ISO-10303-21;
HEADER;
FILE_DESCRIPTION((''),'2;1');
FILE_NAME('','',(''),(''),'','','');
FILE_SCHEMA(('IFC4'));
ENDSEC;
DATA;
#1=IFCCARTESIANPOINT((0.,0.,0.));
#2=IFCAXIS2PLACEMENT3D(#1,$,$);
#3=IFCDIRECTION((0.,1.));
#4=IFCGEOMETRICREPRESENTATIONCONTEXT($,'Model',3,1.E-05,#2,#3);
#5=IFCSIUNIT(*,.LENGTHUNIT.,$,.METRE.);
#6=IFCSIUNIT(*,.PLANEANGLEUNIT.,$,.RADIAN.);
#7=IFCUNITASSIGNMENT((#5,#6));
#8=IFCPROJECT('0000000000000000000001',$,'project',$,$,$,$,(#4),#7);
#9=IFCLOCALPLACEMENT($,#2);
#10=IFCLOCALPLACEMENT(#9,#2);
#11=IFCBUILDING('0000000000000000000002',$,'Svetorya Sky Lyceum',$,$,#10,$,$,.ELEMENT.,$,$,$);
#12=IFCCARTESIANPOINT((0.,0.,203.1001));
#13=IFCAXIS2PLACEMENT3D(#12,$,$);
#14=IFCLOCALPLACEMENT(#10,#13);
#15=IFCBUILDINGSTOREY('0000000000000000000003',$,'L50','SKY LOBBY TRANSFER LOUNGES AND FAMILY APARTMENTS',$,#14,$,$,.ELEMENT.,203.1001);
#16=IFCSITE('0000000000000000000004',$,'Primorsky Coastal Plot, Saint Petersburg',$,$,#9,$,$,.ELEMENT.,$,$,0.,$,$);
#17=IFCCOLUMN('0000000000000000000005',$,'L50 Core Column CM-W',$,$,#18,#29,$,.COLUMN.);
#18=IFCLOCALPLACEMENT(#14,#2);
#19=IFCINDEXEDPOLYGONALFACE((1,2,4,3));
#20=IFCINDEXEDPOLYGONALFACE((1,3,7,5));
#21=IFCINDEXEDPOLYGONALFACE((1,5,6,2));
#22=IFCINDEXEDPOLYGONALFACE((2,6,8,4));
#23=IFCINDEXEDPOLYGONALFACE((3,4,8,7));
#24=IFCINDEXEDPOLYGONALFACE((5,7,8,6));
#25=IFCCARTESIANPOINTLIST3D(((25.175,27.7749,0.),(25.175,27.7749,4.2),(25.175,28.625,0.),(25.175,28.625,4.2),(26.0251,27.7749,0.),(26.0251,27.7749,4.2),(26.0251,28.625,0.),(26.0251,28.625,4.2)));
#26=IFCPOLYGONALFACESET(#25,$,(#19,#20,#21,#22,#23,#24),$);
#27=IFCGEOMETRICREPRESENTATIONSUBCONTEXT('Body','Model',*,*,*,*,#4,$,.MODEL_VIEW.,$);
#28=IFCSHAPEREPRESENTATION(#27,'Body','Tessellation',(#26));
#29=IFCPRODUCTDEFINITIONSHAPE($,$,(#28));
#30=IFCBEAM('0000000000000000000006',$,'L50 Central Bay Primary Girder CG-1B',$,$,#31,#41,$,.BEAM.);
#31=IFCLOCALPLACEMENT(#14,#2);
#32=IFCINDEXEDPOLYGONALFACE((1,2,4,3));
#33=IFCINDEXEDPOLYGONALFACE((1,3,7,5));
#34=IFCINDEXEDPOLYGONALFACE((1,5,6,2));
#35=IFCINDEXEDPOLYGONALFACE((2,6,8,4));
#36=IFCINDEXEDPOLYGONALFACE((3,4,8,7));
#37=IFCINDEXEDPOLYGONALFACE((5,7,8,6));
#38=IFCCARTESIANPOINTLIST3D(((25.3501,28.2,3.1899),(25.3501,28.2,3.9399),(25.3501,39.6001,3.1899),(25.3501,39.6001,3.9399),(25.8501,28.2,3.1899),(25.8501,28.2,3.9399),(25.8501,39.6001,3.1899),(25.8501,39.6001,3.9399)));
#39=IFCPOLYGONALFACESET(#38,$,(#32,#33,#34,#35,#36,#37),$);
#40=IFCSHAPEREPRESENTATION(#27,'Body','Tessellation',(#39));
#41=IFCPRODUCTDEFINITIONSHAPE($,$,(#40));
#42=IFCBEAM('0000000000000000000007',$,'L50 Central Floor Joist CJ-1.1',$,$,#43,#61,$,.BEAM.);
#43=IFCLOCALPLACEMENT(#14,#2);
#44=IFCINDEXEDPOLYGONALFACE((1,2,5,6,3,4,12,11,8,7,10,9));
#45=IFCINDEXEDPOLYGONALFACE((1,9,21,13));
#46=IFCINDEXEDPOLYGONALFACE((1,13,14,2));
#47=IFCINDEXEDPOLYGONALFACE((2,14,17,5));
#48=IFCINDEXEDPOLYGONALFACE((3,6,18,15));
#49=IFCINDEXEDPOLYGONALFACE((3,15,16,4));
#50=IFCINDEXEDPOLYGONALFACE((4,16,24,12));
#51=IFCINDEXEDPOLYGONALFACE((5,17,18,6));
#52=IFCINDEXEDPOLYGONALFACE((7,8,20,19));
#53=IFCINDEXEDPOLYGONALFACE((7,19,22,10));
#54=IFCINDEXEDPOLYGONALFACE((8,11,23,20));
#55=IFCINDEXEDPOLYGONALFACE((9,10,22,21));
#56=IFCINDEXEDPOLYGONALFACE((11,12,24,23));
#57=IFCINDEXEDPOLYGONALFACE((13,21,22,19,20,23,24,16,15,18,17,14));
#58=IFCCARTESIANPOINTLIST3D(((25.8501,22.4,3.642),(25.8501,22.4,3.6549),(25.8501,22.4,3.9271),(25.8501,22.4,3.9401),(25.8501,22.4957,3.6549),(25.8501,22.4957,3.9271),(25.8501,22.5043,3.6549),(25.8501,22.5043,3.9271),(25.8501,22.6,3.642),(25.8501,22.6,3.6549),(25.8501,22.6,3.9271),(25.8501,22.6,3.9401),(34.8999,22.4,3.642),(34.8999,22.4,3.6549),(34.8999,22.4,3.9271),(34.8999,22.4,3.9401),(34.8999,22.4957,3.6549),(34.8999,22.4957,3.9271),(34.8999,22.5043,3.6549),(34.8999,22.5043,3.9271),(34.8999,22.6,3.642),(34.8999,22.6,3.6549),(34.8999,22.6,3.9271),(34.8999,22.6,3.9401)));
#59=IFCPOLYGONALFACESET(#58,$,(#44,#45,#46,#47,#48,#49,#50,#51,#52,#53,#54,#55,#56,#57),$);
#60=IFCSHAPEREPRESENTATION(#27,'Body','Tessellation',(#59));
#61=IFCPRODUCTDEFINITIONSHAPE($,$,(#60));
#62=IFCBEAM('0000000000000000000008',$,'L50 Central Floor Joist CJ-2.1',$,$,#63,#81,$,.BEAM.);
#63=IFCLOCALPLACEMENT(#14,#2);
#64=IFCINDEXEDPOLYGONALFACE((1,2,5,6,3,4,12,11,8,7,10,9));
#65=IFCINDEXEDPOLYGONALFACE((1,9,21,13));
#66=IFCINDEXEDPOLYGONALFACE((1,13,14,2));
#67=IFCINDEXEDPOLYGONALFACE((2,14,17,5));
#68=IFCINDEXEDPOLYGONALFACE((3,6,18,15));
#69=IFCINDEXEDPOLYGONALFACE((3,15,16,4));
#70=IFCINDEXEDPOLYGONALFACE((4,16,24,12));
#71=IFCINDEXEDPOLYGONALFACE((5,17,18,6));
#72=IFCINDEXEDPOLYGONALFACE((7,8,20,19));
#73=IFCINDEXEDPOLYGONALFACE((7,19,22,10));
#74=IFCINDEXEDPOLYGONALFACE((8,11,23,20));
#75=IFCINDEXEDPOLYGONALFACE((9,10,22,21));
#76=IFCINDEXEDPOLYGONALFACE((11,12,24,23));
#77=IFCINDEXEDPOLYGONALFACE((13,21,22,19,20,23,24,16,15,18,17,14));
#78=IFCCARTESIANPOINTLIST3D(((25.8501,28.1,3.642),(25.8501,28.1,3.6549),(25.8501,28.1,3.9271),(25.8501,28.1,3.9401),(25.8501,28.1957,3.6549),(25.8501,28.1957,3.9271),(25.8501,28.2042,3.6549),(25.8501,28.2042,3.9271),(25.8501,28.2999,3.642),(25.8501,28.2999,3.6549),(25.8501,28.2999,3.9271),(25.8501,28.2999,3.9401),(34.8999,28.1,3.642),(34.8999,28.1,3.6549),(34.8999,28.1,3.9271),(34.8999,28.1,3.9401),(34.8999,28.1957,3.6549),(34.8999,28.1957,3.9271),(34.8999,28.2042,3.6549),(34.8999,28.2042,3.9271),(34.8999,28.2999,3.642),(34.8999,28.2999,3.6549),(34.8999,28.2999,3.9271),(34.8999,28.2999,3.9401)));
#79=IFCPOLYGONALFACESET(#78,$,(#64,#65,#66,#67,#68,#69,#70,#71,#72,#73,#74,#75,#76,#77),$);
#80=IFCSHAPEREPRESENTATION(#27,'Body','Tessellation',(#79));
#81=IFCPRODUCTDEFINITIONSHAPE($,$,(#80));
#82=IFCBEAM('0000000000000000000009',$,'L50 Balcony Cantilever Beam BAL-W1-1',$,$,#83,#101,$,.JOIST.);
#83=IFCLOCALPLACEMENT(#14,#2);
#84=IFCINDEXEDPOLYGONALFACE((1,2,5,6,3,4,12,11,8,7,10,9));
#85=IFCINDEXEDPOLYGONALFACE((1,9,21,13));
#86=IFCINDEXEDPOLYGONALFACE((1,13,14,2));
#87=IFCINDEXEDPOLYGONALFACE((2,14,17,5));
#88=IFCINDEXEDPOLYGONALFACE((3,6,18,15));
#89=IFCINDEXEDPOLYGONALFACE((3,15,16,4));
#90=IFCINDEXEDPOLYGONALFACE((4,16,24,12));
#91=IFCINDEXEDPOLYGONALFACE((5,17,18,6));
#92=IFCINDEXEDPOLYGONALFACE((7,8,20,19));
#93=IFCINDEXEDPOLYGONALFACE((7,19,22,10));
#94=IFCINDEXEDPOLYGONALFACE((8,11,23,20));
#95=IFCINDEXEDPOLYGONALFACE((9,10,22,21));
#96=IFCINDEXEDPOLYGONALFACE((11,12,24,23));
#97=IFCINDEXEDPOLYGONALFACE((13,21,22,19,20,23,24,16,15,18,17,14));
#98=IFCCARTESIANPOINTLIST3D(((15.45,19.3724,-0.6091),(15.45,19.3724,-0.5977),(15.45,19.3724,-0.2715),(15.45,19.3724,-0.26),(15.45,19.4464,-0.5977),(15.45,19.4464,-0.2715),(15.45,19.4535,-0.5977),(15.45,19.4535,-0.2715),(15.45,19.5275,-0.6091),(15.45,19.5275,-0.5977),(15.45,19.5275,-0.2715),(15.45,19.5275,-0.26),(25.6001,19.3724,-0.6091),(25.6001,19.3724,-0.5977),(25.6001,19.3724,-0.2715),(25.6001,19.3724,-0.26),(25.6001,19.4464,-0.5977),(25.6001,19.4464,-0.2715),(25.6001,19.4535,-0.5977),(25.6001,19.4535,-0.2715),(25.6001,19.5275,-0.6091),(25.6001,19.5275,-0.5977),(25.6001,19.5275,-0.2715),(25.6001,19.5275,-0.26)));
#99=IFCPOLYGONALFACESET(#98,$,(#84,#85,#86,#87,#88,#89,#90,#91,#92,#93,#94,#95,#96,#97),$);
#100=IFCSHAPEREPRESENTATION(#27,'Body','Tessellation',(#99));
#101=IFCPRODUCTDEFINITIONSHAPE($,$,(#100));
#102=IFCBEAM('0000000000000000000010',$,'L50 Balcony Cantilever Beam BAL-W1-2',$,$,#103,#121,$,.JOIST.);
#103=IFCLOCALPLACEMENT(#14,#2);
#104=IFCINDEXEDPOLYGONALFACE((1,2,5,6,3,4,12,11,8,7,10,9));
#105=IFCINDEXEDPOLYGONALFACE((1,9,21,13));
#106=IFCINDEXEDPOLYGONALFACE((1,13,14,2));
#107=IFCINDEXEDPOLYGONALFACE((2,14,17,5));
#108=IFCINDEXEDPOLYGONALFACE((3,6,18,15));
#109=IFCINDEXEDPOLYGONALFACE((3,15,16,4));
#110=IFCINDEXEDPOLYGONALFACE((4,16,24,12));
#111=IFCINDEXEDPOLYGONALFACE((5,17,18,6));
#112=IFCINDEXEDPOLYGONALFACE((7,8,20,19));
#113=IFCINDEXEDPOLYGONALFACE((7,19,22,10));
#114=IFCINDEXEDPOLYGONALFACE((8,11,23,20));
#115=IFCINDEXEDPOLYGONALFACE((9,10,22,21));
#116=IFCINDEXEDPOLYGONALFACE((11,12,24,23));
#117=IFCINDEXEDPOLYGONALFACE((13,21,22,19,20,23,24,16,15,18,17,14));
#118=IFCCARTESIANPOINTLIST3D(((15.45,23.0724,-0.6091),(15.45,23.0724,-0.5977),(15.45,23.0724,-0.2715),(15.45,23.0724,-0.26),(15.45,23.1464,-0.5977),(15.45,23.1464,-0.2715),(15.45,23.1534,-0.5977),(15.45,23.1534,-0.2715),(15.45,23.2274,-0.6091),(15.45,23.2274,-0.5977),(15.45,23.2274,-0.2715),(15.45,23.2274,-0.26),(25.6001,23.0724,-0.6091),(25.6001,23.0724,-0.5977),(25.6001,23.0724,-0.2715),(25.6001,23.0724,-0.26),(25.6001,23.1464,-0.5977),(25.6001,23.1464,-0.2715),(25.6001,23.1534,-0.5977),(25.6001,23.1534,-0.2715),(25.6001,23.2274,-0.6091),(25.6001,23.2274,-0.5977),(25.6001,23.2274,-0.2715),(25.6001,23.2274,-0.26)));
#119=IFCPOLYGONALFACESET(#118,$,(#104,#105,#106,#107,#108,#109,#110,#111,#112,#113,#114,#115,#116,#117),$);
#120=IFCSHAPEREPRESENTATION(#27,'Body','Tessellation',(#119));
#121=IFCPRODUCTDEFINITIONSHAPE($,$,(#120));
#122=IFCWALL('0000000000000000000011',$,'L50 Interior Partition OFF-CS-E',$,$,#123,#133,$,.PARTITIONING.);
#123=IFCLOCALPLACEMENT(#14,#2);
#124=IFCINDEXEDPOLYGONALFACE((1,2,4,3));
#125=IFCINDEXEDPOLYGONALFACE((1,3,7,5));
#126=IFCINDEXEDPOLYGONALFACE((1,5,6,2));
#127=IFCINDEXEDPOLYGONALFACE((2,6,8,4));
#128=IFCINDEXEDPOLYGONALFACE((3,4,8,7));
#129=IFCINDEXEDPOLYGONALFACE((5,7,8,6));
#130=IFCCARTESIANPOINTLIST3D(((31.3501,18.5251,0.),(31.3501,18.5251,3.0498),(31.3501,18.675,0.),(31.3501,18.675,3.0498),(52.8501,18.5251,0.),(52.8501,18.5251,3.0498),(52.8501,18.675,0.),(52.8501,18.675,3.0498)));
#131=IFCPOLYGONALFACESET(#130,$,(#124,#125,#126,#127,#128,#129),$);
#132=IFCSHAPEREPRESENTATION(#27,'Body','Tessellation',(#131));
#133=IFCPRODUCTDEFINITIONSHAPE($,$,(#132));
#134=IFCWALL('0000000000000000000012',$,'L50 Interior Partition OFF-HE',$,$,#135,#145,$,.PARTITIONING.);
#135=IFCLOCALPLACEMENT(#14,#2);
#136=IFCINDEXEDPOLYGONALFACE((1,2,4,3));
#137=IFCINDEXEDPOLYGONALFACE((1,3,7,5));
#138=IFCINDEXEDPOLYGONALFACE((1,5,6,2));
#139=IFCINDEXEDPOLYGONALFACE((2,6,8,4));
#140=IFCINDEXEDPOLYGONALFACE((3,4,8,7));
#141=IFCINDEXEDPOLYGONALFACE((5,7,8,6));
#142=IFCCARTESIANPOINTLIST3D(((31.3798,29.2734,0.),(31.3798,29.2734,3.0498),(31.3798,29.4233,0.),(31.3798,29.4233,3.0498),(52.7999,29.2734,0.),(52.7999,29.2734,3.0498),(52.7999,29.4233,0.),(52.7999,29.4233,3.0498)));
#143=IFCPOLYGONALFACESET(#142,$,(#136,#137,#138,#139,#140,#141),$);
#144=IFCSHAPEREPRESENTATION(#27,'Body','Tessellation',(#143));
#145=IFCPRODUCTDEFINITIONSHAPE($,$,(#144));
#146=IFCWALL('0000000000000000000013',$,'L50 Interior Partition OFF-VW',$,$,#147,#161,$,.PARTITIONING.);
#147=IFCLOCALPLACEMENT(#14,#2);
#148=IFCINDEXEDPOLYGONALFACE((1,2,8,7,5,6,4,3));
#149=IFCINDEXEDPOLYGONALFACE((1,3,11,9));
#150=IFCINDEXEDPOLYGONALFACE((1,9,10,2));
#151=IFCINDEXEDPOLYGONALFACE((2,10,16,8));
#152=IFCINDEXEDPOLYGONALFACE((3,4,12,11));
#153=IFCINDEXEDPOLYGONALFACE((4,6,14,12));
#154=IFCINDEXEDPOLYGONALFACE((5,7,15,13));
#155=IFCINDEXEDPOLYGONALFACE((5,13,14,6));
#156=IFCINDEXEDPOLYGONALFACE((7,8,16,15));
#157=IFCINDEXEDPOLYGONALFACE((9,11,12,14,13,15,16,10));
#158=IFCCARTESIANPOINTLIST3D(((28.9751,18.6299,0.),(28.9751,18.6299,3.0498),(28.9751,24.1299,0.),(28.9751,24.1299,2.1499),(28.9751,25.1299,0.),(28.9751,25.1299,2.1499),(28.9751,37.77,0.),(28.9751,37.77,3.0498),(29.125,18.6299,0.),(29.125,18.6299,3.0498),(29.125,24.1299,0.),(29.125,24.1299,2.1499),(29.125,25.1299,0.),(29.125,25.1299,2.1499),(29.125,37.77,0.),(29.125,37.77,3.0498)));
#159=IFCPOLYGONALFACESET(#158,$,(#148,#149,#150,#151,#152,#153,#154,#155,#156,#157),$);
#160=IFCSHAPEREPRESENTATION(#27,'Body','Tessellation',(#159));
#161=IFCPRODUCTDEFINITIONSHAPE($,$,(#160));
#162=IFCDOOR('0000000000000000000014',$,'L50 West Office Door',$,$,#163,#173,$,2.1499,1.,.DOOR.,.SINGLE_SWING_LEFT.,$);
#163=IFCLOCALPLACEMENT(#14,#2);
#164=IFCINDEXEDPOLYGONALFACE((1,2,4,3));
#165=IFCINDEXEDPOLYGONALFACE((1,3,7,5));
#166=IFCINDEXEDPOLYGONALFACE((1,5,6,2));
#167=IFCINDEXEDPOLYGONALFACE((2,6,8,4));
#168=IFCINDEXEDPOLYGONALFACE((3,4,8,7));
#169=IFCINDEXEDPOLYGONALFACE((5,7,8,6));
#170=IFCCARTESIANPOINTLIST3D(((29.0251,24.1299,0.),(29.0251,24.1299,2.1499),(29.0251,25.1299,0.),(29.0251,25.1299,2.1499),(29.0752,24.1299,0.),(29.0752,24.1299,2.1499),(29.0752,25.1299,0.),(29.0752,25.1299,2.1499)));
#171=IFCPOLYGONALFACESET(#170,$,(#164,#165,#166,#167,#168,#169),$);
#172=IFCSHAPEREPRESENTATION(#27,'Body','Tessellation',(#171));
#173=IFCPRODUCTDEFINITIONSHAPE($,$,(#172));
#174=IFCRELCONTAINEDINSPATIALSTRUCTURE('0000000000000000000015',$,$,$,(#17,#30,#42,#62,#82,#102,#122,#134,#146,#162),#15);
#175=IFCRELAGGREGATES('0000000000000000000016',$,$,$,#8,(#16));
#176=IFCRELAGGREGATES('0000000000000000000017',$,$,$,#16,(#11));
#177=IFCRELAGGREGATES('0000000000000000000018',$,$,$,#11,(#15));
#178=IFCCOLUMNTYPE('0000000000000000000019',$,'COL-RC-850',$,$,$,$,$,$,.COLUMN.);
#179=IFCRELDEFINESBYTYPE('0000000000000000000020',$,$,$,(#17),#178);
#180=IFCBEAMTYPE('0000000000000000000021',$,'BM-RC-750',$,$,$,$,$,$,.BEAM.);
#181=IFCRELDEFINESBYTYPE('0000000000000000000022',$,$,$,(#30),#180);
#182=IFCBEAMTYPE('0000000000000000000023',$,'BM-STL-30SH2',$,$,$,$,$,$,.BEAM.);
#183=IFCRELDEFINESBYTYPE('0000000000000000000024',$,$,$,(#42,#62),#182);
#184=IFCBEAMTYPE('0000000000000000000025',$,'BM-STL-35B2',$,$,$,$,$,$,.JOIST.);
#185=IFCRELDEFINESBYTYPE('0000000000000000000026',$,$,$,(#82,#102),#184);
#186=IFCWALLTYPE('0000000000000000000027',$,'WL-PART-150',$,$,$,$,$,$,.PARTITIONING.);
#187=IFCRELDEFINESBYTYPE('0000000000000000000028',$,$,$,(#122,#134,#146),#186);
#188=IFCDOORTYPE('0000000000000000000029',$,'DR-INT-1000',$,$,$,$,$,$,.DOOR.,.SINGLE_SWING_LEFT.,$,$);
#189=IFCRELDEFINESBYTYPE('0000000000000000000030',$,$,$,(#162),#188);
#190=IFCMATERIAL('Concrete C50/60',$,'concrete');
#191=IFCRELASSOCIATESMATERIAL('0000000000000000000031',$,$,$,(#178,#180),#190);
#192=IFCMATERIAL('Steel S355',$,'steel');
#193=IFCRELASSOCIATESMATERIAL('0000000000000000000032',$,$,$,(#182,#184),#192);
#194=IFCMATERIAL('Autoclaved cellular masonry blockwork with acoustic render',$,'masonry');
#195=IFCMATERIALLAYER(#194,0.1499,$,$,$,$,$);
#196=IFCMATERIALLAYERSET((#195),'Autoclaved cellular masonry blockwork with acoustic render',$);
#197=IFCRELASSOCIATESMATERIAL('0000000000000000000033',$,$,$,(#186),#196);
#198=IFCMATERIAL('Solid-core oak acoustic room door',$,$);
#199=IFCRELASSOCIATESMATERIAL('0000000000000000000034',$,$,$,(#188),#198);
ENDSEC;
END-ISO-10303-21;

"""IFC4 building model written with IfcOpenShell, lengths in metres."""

from ifc_helpers import new_model, si_unit, direction, frame, frame_2d, origin, origin_2d, place, context, subcontext, project, spatial, rectangle, i_section, extrude, material, layer, layer_set, material_profile, profile_set, type_object, element, fill, save


model = new_model("IFC4")

# Units and contexts
model_context = context("Model", 3, precision=1e-05, world=origin(), true_north=direction((0.0, 1.0)))
body_context = subcontext(model_context, "Body", "Model", "MODEL_VIEW")
ifc_project = project(units=[si_unit("LENGTHUNIT", "METRE"), si_unit("PLANEANGLEUNIT", "RADIAN")], contexts=[model_context])

# Site, building, storey
site_placement = place(None, origin())
site = spatial("IfcSite", under=ifc_project, at=site_placement, Name="Primorsky Coastal Plot, Saint Petersburg", CompositionType="ELEMENT", RefElevation=0.0)
building_placement = place(site_placement, origin())
building = spatial("IfcBuilding", under=site, at=building_placement, Name="Svetorya Sky Lyceum", CompositionType="ELEMENT")
storey_placement = place(building_placement, frame((0.0, 0.0, 203.1001)))
storey = spatial("IfcBuildingStorey", under=building, at=storey_placement, Name="L50", Description="SKY LOBBY TRANSFER LOUNGES AND FAMILY APARTMENTS", CompositionType="ELEMENT", Elevation=203.1001)

# Column
ifc_material_1 = material(Name="Concrete C50/60", Category="concrete")
ifc_material_profile_1 = material_profile(ifc_material_1, rectangle(XDim=0.8501, YDim=0.8501, at=origin_2d()), Name="RC COL 850x850")
ifc_profile_set_1 = profile_set([ifc_material_profile_1], Name="Concrete C50/60")
column_type = type_object("IfcColumnType", Name="COL-RC-850", PredefinedType="COLUMN", material=ifc_profile_set_1)
column_placement = place(storey_placement, frame((25.6001, 28.2, 0.0), z_axis=(0.0, 0.0, 1.0), x_axis=(1.0, 0.0, 0.0)))
element("IfcColumn", 1, at=column_placement, inside=storey, type_object=column_type, Name="L50 Core Column CM-W", PredefinedType="COLUMN", context=body_context, shape_type="SweptSolid", body=[
    extrude(rectangle(XDim=0.8501, YDim=0.8501, at=origin_2d()), origin(), (0.0, 0.0, 1.0), 4.2),
])

# Beams
ifc_material_profile_2 = material_profile(ifc_material_1, rectangle(XDim=0.5, YDim=0.75, at=origin_2d()), Name="RC BEAM 500x750")
ifc_profile_set_2 = profile_set([ifc_material_profile_2], Name="Concrete C50/60")
beam_type_1 = type_object("IfcBeamType", Name="BM-RC-750", PredefinedType="BEAM", material=ifc_profile_set_2)
beam_placement = place(storey_placement, frame((25.6001, 28.2, 3.5649), z_axis=(0.0, 1.0, 0.0), x_axis=(-1.0, 0.0, 0.0)))
element("IfcBeam", 2, at=beam_placement, inside=storey, type_object=beam_type_1, Name="L50 Central Bay Primary Girder CG-1B", PredefinedType="BEAM", context=body_context, shape_type="SweptSolid", body=[
    extrude(rectangle(XDim=0.5, YDim=0.75, at=origin_2d()), origin(), (0.0, 0.0, 1.0), 11.4001),
])
ifc_material_2 = material(Name="Steel S355", Category="steel")
ifc_material_profile_3 = material_profile(ifc_material_2, i_section(OverallWidth=0.2, OverallDepth=0.2981, WebThickness=0.0085, FlangeThickness=0.0129, at=origin_2d()), Name="GOST 30Sh2")
ifc_profile_set_3 = profile_set([ifc_material_profile_3], Name="Steel S355")
beam_type_2 = type_object("IfcBeamType", Name="BM-STL-30SH2", PredefinedType="BEAM", material=ifc_profile_set_3)
for number, where, z_axis, x_axis, name in (
    (3, (25.8501, 22.5, 3.791), (1.0, 0.0, 0.0), (0.0, 1.0, 0.0), "L50 Central Floor Joist CJ-1.1"),
    (4, (25.8501, 28.2, 3.791), (1.0, 0.0, 0.0), (0.0, 1.0, 0.0), "L50 Central Floor Joist CJ-2.1"),
):
    element("IfcBeam", number, at=place(storey_placement, frame(where, z_axis=z_axis, x_axis=x_axis)), inside=storey, type_object=beam_type_2, Name=name, PredefinedType="BEAM", context=body_context, shape_type="SweptSolid", body=[
        extrude(i_section(OverallWidth=0.2, OverallDepth=0.2981, WebThickness=0.0085, FlangeThickness=0.0129, at=origin_2d()), origin(), (0.0, 0.0, 1.0), 9.0498),
    ])
ifc_material_profile_4 = material_profile(ifc_material_2, i_section(OverallWidth=0.155, OverallDepth=0.3491, WebThickness=0.0071, FlangeThickness=0.0115, at=origin_2d()), Name="GOST 35B2")
ifc_profile_set_4 = profile_set([ifc_material_profile_4], Name="Steel S355")
beam_type_3 = type_object("IfcBeamType", Name="BM-STL-35B2", PredefinedType="JOIST", material=ifc_profile_set_4)
for number, where, z_axis, x_axis, name in (
    (5, (25.6001, 19.45, -0.4346), (-1.0, 0.0, 0.0), (0.0, -1.0, 0.0), "L50 Balcony Cantilever Beam BAL-W1-1"),
    (6, (25.6001, 23.1499, -0.4346), (-1.0, 0.0, 0.0), (0.0, -1.0, 0.0), "L50 Balcony Cantilever Beam BAL-W1-2"),
):
    element("IfcBeam", number, at=place(storey_placement, frame(where, z_axis=z_axis, x_axis=x_axis)), inside=storey, type_object=beam_type_3, Name=name, PredefinedType="JOIST", context=body_context, shape_type="SweptSolid", body=[
        extrude(i_section(OverallWidth=0.155, OverallDepth=0.3491, WebThickness=0.0071, FlangeThickness=0.0115, at=origin_2d()), origin(), (0.0, 0.0, 1.0), 10.1501),
    ])

# Walls
ifc_material_3 = material(Name="Autoclaved cellular masonry blockwork with acoustic render", Category="masonry")
ifc_layer_1 = layer(ifc_material_3, 0.1499)
ifc_layer_set_1 = layer_set([ifc_layer_1], Name="Autoclaved cellular masonry blockwork with acoustic render")
wall_type_1 = type_object("IfcWallType", Name="WL-PART-150", PredefinedType="PARTITIONING", material=ifc_layer_set_1)
wall_1_placement = place(storey_placement, frame((31.3501, 18.6001, 0.0), z_axis=(0.0, 0.0, 1.0), x_axis=(1.0, 0.0, 0.0)))
element("IfcWall", 7, at=wall_1_placement, inside=storey, type_object=wall_type_1, Name="L50 Interior Partition OFF-CS-E", PredefinedType="PARTITIONING", context=body_context, shape_type="SweptSolid", body=[
    extrude(rectangle(XDim=21.5, YDim=0.1499, at=frame_2d((10.75, 0.0))), origin(), (0.0, 0.0, 1.0), 3.0498),
])
wall_2_placement = place(storey_placement, frame((31.3799, 29.3484, 0.0), z_axis=(0.0, 0.0, 1.0), x_axis=(1.0, 0.0, 0.0)))
element("IfcWall", 8, at=wall_2_placement, inside=storey, type_object=wall_type_1, Name="L50 Interior Partition OFF-HE", PredefinedType="PARTITIONING", context=body_context, shape_type="SweptSolid", body=[
    extrude(rectangle(XDim=21.4202, YDim=0.1499, at=frame_2d((10.71, 0.0))), origin(), (0.0, 0.0, 1.0), 3.0498),
])

# Wall, opening, door
wall_3_placement = place(storey_placement, frame((29.05, 18.6299, 0.0), z_axis=(0.0, 0.0, 1.0), x_axis=(0.0, 1.0, 0.0)))
wall_3 = element("IfcWall", 9, at=wall_3_placement, inside=storey, type_object=wall_type_1, Name="L50 Interior Partition OFF-VW", PredefinedType="PARTITIONING", context=body_context, shape_type="SweptSolid", body=[
    extrude(rectangle(XDim=19.1401, YDim=0.1499, at=frame_2d((9.5701, 0.0))), origin(), (0.0, 0.0, 1.0), 3.0498),
])
opening_1_placement = place(wall_3_placement, frame((5.5, 0.0, 0.0)))
opening_1 = element("IfcOpeningElement", 10, at=opening_1_placement, cuts=wall_3, PredefinedType="OPENING", context=body_context, shape_type="SweptSolid", body=[
    extrude(rectangle(XDim=1.0, YDim=2.1499, at=frame_2d((0.5, 1.075))), frame((0.0, 0.085, 0.0), z_axis=(0.0, -1.0, 0.0), x_axis=(1.0, 0.0, 0.0)), (0.0, 0.0, 1.0), 0.1699),
])
ifc_material_4 = material(Name="Solid-core oak acoustic room door")
door_type_1 = type_object("IfcDoorType", Name="DR-INT-1000", OperationType="SINGLE_SWING_LEFT", PredefinedType="DOOR", material=ifc_material_4)
door_1_placement = place(opening_1_placement, origin())
door_1 = element("IfcDoor", 11, at=door_1_placement, inside=storey, type_object=door_type_1, Name="L50 West Office Door", OperationType="SINGLE_SWING_LEFT", OverallHeight=2.1499, OverallWidth=1.0, PredefinedType="DOOR", context=body_context, shape_type="SweptSolid", body=[
    extrude(rectangle(XDim=1.0, YDim=2.1499, at=frame_2d((0.5, 1.075))), frame((0.0, 0.0249, 0.0), z_axis=(0.0, -1.0, 0.0), x_axis=(1.0, 0.0, 0.0)), (0.0, 0.0, 1.0), 0.05),
])
fill(opening_1, door_1)

save(model, "model.ifc")
